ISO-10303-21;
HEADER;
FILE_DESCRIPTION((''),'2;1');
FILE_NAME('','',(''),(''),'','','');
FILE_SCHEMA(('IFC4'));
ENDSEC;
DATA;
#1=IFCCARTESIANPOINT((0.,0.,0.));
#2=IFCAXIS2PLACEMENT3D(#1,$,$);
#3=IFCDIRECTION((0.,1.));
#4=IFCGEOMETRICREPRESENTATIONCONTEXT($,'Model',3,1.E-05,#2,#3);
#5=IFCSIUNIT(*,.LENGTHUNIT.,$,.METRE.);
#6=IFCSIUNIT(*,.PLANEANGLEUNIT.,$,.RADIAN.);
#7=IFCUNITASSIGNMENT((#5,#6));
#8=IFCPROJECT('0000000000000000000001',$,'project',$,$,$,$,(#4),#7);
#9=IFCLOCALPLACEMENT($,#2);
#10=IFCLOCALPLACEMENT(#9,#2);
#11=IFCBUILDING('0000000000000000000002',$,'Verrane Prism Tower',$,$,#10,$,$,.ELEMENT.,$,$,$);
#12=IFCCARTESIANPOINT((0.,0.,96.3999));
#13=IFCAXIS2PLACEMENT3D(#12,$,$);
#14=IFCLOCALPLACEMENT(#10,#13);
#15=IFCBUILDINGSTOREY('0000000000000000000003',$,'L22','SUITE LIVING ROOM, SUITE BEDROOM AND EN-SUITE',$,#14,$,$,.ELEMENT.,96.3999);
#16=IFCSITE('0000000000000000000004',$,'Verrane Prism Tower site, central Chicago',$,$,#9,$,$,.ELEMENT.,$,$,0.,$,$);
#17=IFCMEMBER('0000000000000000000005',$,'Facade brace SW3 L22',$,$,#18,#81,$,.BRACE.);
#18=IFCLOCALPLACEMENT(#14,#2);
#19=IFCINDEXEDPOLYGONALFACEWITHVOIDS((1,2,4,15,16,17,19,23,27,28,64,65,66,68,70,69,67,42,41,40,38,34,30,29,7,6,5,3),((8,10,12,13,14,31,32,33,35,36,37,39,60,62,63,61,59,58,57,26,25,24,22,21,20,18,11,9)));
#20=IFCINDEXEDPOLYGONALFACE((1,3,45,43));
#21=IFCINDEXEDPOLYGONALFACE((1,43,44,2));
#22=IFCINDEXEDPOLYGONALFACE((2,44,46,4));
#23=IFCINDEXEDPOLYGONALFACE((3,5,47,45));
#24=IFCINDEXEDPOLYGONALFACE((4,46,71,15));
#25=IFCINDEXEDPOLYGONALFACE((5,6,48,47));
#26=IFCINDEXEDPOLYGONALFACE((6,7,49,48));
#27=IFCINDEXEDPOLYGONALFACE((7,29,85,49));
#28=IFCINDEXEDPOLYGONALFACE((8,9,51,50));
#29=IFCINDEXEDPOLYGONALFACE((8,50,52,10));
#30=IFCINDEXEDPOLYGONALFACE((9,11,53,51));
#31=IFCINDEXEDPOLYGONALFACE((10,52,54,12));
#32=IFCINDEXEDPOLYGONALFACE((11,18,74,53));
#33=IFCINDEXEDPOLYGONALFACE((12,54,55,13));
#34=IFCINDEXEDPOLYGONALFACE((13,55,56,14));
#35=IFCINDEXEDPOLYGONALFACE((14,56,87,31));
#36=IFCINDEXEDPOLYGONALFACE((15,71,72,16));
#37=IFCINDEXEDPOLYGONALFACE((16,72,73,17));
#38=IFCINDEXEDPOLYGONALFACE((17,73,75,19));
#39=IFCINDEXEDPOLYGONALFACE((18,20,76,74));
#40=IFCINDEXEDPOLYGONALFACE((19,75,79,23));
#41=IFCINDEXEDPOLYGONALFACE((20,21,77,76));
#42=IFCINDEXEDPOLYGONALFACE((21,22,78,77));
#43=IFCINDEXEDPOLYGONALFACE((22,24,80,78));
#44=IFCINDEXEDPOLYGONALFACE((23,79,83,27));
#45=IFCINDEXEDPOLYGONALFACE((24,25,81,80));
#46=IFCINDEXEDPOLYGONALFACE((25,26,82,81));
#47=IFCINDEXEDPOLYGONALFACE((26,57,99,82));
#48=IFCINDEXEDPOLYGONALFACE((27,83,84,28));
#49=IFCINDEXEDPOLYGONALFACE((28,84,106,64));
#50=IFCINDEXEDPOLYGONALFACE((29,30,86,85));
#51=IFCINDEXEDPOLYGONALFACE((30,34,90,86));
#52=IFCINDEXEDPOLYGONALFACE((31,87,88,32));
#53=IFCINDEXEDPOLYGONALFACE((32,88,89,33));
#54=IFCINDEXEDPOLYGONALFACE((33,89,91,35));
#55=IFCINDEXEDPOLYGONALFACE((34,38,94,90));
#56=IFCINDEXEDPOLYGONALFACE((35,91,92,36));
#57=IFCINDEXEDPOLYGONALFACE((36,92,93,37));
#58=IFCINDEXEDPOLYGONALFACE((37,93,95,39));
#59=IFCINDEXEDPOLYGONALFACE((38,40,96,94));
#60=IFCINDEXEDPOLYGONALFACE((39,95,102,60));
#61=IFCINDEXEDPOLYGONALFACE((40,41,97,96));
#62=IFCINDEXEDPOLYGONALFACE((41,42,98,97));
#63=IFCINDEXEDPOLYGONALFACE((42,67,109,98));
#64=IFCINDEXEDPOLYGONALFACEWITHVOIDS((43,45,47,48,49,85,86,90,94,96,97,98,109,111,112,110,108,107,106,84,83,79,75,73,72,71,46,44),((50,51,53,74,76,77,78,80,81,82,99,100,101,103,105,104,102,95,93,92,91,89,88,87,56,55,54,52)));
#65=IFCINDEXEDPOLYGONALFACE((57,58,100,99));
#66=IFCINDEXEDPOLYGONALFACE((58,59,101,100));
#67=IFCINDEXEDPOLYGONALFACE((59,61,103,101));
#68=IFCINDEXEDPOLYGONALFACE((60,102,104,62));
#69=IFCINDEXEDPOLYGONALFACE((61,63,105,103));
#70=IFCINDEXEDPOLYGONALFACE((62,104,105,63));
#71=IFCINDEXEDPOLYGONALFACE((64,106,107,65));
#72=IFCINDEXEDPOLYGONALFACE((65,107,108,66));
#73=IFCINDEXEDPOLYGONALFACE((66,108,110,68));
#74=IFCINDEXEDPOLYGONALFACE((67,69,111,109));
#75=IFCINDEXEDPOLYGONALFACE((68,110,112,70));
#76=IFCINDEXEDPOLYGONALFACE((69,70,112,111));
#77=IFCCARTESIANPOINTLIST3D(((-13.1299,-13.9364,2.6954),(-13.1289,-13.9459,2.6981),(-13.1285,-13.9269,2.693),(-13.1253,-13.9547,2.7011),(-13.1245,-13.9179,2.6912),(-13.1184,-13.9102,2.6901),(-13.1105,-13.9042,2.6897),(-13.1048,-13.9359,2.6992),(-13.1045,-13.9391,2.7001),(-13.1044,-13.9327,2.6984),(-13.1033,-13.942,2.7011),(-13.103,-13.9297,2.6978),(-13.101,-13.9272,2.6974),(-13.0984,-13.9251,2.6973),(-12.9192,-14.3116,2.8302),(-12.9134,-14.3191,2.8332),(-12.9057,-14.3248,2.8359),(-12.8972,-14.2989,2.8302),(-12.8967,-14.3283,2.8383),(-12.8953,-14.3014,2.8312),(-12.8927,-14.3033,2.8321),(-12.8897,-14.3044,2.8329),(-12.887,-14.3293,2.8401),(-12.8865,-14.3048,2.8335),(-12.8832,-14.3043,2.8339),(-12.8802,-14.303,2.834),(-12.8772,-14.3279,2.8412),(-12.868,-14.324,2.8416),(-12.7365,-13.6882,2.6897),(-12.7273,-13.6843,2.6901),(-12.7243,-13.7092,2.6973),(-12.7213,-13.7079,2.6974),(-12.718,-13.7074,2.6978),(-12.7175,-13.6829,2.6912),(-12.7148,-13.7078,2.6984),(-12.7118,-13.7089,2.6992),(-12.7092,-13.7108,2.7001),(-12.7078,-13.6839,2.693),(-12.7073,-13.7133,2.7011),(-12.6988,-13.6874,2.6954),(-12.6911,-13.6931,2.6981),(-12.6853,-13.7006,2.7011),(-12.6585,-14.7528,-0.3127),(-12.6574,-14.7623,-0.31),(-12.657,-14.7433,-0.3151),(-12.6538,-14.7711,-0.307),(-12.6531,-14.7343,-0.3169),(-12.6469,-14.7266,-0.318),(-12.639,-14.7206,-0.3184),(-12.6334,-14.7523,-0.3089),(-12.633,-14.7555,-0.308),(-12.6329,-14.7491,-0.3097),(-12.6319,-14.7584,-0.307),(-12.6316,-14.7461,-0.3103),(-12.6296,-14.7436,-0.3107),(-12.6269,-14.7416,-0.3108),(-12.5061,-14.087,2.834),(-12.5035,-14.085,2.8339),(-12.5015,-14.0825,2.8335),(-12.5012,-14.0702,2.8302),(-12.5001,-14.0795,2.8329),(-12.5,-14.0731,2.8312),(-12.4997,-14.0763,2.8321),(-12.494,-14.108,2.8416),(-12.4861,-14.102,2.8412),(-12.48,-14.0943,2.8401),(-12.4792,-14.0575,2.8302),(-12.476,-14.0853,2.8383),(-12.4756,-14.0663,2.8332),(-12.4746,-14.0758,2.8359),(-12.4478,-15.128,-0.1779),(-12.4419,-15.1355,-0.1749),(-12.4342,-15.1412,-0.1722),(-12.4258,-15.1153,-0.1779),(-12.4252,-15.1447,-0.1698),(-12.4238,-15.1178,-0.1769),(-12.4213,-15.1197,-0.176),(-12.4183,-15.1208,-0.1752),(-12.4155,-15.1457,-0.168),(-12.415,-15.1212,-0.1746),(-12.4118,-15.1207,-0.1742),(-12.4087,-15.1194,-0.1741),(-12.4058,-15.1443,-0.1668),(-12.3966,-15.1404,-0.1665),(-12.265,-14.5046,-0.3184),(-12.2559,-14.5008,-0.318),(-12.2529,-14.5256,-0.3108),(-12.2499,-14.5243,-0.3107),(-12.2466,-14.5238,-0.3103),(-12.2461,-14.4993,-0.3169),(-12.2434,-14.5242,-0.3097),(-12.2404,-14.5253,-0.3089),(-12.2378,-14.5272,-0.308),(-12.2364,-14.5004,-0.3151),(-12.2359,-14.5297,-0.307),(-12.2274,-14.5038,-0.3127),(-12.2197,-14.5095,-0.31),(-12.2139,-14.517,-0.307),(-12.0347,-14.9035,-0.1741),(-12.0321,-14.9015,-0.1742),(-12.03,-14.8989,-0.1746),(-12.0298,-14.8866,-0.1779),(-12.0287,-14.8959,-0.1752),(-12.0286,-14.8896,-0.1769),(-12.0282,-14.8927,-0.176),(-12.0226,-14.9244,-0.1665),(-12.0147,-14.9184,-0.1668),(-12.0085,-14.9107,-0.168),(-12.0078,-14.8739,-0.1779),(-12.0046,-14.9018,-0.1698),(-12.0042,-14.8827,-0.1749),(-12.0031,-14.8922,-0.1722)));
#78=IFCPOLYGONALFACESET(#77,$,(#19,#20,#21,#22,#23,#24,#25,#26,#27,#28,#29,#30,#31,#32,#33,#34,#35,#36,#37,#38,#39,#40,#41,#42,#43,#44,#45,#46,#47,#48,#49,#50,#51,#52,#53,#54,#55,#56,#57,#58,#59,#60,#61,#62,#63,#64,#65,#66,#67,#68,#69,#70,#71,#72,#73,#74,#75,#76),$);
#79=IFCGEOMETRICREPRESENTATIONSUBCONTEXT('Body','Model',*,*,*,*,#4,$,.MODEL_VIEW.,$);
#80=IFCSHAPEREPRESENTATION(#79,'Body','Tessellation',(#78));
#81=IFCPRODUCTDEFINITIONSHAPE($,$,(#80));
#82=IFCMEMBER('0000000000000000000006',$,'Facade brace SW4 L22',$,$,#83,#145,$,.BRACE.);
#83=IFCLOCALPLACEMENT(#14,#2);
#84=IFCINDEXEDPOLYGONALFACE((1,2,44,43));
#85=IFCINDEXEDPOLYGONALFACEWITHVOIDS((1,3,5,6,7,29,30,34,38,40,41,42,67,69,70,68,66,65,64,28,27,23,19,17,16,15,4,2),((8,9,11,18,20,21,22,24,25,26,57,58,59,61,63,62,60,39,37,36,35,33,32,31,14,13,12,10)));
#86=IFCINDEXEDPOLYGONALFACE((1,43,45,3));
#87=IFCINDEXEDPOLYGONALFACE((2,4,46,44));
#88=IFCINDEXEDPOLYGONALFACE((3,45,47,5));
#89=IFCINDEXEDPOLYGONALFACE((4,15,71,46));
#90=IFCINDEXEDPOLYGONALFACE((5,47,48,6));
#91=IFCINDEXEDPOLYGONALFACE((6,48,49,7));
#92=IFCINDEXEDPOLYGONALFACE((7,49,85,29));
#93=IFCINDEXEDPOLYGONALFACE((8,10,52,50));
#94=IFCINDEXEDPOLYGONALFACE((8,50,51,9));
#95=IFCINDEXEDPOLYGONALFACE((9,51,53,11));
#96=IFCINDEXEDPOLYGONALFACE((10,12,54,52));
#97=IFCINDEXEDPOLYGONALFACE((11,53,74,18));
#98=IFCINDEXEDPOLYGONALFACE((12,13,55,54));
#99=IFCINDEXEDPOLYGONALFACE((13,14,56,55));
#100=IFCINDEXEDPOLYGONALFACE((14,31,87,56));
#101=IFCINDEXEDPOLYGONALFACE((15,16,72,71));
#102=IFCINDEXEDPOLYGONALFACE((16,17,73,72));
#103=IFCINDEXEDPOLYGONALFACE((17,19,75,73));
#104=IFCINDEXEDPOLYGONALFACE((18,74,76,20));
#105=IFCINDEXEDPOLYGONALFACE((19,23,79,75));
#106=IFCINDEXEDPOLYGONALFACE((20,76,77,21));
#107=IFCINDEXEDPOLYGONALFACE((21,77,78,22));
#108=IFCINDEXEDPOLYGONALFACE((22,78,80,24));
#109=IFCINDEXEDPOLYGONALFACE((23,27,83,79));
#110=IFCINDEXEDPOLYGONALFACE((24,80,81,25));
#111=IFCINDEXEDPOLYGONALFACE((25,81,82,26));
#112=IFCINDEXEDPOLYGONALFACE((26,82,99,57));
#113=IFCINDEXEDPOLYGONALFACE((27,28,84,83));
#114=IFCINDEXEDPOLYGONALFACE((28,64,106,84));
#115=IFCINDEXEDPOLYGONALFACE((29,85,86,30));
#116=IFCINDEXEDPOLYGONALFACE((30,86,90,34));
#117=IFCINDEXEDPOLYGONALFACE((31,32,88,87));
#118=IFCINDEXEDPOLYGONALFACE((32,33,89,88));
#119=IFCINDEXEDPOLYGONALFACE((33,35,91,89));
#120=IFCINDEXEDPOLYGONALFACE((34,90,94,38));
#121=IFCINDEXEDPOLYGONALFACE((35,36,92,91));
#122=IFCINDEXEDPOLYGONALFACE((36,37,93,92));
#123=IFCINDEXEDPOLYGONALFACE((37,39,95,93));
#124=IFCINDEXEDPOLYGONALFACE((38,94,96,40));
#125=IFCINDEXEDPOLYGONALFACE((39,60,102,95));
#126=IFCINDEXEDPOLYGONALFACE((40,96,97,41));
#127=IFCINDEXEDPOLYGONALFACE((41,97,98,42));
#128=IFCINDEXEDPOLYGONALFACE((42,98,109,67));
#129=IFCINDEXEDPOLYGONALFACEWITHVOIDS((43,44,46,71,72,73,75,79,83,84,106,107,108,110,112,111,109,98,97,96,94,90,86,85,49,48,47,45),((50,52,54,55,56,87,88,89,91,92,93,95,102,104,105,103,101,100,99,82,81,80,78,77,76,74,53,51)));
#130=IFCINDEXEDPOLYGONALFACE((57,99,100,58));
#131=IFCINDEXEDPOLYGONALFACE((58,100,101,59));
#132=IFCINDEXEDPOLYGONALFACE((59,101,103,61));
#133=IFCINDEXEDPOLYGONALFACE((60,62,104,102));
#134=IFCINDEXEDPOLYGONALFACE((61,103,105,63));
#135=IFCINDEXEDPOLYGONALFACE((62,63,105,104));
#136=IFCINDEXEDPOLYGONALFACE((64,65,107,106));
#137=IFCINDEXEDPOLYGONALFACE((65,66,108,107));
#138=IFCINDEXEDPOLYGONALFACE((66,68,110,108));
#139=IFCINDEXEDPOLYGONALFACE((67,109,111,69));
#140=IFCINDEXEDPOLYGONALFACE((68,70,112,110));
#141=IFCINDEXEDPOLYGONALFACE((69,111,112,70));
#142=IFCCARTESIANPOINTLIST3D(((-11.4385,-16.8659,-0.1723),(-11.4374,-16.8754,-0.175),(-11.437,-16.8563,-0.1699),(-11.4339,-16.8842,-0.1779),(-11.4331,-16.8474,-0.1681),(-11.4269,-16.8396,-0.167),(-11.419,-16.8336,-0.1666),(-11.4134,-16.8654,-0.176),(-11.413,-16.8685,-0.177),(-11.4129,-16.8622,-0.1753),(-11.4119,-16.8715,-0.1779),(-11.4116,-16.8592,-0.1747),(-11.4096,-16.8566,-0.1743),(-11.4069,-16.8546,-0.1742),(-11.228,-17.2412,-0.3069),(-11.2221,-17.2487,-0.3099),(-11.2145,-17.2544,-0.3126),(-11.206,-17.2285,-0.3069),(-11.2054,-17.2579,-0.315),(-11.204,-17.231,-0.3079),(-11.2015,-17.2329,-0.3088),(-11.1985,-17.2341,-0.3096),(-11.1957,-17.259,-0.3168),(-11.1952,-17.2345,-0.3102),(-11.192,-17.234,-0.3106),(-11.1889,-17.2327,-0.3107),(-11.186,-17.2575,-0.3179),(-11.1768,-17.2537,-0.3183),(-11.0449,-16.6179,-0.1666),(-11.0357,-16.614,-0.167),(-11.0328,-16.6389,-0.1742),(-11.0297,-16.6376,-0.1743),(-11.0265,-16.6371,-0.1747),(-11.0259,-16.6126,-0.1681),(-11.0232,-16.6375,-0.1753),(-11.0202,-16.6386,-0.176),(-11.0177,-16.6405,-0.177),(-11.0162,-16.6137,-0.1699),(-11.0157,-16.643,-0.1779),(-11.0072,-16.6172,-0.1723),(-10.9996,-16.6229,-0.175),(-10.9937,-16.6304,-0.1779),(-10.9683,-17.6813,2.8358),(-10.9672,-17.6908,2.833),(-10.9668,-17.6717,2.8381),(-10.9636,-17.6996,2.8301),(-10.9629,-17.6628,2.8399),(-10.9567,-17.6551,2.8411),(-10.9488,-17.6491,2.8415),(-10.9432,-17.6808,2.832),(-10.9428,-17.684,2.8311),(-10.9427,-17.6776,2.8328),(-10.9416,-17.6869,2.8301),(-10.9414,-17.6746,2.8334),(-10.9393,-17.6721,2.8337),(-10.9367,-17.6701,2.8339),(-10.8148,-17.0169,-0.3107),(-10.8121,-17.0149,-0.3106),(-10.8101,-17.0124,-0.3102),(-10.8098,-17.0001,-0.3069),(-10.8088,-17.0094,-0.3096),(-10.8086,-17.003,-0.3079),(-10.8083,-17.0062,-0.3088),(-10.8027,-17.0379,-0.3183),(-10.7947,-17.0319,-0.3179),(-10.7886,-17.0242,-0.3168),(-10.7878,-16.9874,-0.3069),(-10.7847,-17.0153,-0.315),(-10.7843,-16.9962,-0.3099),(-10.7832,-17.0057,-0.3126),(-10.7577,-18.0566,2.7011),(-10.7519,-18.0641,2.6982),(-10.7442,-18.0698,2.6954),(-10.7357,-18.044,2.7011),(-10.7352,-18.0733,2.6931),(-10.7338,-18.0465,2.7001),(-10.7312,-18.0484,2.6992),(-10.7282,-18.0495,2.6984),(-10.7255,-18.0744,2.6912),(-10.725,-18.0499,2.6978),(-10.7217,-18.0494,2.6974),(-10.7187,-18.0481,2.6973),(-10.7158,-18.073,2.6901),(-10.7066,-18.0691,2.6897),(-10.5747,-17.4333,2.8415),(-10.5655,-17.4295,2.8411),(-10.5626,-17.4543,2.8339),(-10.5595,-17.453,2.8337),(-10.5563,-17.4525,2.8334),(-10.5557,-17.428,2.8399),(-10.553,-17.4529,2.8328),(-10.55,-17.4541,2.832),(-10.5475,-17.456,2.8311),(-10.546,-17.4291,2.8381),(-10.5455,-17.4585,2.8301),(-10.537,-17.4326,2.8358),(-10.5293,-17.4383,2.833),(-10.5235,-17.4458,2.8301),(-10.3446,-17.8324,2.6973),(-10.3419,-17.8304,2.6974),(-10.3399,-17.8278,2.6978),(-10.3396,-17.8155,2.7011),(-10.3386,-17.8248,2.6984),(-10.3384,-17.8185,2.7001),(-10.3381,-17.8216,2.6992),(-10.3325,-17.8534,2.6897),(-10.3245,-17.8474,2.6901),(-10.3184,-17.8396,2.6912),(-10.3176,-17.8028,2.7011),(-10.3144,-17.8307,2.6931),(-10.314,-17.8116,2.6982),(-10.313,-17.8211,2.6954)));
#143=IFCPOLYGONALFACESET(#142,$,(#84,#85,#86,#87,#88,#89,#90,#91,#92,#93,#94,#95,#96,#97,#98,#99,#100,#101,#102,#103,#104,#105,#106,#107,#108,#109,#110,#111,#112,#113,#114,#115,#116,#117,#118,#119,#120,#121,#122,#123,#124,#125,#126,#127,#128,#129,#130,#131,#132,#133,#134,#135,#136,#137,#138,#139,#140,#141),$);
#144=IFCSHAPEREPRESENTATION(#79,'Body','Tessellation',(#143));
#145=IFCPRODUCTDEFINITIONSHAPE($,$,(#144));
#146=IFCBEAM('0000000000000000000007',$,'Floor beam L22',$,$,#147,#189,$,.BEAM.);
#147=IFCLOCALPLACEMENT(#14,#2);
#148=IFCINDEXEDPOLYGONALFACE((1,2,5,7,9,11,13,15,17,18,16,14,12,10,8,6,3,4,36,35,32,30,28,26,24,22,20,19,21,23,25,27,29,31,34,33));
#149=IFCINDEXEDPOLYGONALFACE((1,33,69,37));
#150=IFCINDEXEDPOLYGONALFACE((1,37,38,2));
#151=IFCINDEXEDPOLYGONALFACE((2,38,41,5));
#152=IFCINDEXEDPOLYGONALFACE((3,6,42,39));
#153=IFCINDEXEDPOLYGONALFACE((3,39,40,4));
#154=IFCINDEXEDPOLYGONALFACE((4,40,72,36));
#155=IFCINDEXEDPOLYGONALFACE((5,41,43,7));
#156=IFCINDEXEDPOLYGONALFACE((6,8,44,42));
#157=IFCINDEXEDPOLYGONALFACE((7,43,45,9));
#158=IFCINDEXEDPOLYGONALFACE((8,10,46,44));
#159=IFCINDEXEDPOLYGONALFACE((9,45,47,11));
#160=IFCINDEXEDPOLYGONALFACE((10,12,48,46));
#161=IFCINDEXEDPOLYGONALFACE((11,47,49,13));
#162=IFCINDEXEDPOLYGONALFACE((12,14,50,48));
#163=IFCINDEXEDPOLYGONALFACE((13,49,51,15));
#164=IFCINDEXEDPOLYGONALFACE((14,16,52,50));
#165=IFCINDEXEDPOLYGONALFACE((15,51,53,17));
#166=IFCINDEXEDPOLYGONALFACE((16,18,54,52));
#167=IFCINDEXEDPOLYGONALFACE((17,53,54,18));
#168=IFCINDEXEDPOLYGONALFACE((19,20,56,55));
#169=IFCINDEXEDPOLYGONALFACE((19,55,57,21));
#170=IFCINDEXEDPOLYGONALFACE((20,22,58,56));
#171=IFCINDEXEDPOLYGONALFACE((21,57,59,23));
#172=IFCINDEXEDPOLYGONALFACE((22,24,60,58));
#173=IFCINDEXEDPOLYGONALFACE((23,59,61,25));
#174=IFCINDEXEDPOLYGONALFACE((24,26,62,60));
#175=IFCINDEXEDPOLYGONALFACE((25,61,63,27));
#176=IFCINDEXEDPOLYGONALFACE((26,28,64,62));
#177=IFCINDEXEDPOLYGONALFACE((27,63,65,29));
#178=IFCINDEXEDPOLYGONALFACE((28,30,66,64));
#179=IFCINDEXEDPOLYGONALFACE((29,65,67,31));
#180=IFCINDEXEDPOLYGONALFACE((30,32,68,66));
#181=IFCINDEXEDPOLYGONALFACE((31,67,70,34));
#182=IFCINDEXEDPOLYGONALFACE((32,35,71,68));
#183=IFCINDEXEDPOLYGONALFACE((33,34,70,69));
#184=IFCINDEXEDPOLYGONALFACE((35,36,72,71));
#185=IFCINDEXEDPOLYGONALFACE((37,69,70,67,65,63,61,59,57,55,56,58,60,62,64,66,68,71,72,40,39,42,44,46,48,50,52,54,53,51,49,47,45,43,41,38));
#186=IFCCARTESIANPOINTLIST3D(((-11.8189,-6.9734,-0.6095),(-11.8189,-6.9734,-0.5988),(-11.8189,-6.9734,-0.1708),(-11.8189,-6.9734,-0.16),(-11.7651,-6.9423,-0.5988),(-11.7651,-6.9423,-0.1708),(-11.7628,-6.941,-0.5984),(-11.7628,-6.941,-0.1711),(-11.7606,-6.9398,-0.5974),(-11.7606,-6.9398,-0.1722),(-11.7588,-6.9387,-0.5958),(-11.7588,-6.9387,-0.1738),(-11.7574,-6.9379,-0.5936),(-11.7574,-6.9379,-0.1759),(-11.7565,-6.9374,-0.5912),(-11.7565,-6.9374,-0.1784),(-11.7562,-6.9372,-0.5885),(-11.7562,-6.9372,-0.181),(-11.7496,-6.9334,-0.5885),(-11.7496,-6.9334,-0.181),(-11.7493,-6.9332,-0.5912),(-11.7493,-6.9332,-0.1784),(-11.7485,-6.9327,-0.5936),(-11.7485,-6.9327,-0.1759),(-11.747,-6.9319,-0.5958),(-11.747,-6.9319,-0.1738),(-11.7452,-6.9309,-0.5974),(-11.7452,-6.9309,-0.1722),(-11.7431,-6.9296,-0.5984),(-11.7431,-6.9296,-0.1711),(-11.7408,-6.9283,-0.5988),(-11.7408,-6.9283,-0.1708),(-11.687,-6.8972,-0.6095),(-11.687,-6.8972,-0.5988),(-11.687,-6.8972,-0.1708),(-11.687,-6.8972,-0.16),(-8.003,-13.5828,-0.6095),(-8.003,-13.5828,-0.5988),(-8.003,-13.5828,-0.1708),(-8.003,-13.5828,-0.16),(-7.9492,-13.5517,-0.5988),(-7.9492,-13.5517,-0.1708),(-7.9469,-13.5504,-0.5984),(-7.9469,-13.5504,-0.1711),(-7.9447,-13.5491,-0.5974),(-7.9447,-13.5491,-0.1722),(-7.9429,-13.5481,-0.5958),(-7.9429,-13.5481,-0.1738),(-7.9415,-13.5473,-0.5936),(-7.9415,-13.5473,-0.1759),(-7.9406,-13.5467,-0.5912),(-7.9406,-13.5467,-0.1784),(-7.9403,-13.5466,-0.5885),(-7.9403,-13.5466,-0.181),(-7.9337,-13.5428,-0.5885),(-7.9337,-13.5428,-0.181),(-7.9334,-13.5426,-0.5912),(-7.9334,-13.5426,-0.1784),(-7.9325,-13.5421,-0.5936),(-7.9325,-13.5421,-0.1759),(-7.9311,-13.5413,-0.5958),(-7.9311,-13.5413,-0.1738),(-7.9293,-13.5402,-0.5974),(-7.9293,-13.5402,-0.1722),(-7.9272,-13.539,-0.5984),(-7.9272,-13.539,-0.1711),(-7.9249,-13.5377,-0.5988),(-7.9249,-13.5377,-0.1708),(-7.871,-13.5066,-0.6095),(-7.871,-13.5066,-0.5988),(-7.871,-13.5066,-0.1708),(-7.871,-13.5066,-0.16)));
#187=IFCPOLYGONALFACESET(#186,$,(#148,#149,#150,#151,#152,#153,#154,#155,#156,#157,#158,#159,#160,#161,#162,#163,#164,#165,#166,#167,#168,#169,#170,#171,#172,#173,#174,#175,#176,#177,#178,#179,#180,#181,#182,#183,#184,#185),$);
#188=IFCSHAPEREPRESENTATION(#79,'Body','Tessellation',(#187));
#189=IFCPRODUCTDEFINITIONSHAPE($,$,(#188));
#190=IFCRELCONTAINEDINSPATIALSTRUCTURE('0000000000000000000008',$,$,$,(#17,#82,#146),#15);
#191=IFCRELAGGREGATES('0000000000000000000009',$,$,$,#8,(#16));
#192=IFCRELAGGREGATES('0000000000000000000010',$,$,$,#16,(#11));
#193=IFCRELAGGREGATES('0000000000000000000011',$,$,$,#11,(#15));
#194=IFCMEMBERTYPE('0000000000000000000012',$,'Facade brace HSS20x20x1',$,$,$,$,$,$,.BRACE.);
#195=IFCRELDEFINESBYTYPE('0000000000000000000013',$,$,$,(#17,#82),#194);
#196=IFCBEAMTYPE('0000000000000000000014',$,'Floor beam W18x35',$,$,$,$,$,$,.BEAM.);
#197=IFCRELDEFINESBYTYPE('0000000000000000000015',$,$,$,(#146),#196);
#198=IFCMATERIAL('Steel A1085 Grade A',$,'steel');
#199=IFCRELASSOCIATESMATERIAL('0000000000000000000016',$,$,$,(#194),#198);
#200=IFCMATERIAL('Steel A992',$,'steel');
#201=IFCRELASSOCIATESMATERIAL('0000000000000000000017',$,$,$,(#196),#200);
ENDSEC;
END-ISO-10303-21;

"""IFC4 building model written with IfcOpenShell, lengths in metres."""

from ifc_helpers import new_model, si_unit, direction, frame, origin, origin_2d, place, context, subcontext, project, spatial, hollow_rectangle, i_section, extrude, material, material_profile, profile_set, type_object, element, save


model = new_model("IFC4")

# Units and contexts
model_context = context("Model", 3, precision=1e-05, world=origin(), true_north=direction((0.0, 1.0)))
body_context = subcontext(model_context, "Body", "Model", "MODEL_VIEW")
ifc_project = project(units=[si_unit("LENGTHUNIT", "METRE"), si_unit("PLANEANGLEUNIT", "RADIAN")], contexts=[model_context])

# Site, building, storey
site_placement = place(None, origin())
site = spatial("IfcSite", under=ifc_project, at=site_placement, Name="Verrane Prism Tower site, central Chicago", CompositionType="ELEMENT", RefElevation=0.0)
building_placement = place(site_placement, origin())
building = spatial("IfcBuilding", under=site, at=building_placement, Name="Verrane Prism Tower", CompositionType="ELEMENT")
storey_placement = place(building_placement, frame((0.0, 0.0, 96.3999)))
storey = spatial("IfcBuildingStorey", under=building, at=storey_placement, Name="L22", Description="SUITE LIVING ROOM, SUITE BEDROOM AND EN-SUITE", CompositionType="ELEMENT", Elevation=96.3999)

# Members
ifc_material_1 = material(Name="Steel A1085 Grade A", Category="steel")
ifc_material_profile_1 = material_profile(ifc_material_1, hollow_rectangle(XDim=0.5081, YDim=0.5081, WallThickness=0.0254, InnerFilletRadius=0.0127, OuterFilletRadius=0.0381, at=origin_2d()), Name="HSS20x20x1")
ifc_profile_set_1 = profile_set([ifc_material_profile_1], Name="Steel A1085 Grade A")
member_type_1 = type_object("IfcMemberType", Name="Facade brace HSS20x20x1", PredefinedType="BRACE", material=ifc_profile_set_1)
member_1_placement = place(storey_placement, frame((-12.3308, -14.8225, -0.2424), z_axis=(-0.149552, 0.258985, 0.954233), x_axis=(-0.865987, -0.500066, 0.0)))
element("IfcMember", 1, at=member_1_placement, inside=storey, type_object=member_type_1, Name="Facade brace SW3 L22", PredefinedType="BRACE", context=body_context, shape_type="SweptSolid", body=[
    extrude(hollow_rectangle(XDim=0.5081, YDim=0.5081, WallThickness=0.0254, InnerFilletRadius=0.0127, OuterFilletRadius=0.0381, at=origin_2d()), origin(), (0.0, 0.0, 1.0), 3.1523),
])
member_2_placement = place(storey_placement, frame((-11.1108, -16.9358, -0.2424), z_axis=(0.149185, -0.258711, 0.954365), x_axis=(0.866289, 0.499543, 0.0)))
element("IfcMember", 2, at=member_2_placement, inside=storey, type_object=member_type_1, Name="Facade brace SW4 L22", PredefinedType="BRACE", context=body_context, shape_type="SweptSolid", body=[
    extrude(hollow_rectangle(XDim=0.5081, YDim=0.5081, WallThickness=0.0254, InnerFilletRadius=0.0127, OuterFilletRadius=0.0381, at=origin_2d()), origin(), (0.0, 0.0, 1.0), 3.1519),
])

# Beam
ifc_material_2 = material(Name="Steel A992", Category="steel")
ifc_material_profile_2 = material_profile(ifc_material_2, i_section(OverallWidth=0.1523, OverallDepth=0.4495, WebThickness=0.0076, FlangeThickness=0.0107, FilletRadius=0.0103, at=origin_2d()), Name="W18x35")
ifc_profile_set_2 = profile_set([ifc_material_profile_2], Name="Steel A992")
beam_type_1 = type_object("IfcBeamType", Name="Floor beam W18x35", PredefinedType="BEAM", material=ifc_profile_set_2)
beam_1_placement = place(storey_placement, frame((-7.937, -13.5447, -0.3848), z_axis=(-0.499999, 0.866026, 0.0), x_axis=(-0.866026, -0.499999, 0.0)))
element("IfcBeam", 3, at=beam_1_placement, inside=storey, type_object=beam_type_1, Name="Floor beam L22", PredefinedType="BEAM", context=body_context, shape_type="SweptSolid", body=[
    extrude(i_section(OverallWidth=0.1523, OverallDepth=0.4495, WebThickness=0.0076, FlangeThickness=0.0107, FilletRadius=0.0103, at=origin_2d()), origin(), (0.0, 0.0, 1.0), 7.6318),
])

save(model, "model.ifc")
